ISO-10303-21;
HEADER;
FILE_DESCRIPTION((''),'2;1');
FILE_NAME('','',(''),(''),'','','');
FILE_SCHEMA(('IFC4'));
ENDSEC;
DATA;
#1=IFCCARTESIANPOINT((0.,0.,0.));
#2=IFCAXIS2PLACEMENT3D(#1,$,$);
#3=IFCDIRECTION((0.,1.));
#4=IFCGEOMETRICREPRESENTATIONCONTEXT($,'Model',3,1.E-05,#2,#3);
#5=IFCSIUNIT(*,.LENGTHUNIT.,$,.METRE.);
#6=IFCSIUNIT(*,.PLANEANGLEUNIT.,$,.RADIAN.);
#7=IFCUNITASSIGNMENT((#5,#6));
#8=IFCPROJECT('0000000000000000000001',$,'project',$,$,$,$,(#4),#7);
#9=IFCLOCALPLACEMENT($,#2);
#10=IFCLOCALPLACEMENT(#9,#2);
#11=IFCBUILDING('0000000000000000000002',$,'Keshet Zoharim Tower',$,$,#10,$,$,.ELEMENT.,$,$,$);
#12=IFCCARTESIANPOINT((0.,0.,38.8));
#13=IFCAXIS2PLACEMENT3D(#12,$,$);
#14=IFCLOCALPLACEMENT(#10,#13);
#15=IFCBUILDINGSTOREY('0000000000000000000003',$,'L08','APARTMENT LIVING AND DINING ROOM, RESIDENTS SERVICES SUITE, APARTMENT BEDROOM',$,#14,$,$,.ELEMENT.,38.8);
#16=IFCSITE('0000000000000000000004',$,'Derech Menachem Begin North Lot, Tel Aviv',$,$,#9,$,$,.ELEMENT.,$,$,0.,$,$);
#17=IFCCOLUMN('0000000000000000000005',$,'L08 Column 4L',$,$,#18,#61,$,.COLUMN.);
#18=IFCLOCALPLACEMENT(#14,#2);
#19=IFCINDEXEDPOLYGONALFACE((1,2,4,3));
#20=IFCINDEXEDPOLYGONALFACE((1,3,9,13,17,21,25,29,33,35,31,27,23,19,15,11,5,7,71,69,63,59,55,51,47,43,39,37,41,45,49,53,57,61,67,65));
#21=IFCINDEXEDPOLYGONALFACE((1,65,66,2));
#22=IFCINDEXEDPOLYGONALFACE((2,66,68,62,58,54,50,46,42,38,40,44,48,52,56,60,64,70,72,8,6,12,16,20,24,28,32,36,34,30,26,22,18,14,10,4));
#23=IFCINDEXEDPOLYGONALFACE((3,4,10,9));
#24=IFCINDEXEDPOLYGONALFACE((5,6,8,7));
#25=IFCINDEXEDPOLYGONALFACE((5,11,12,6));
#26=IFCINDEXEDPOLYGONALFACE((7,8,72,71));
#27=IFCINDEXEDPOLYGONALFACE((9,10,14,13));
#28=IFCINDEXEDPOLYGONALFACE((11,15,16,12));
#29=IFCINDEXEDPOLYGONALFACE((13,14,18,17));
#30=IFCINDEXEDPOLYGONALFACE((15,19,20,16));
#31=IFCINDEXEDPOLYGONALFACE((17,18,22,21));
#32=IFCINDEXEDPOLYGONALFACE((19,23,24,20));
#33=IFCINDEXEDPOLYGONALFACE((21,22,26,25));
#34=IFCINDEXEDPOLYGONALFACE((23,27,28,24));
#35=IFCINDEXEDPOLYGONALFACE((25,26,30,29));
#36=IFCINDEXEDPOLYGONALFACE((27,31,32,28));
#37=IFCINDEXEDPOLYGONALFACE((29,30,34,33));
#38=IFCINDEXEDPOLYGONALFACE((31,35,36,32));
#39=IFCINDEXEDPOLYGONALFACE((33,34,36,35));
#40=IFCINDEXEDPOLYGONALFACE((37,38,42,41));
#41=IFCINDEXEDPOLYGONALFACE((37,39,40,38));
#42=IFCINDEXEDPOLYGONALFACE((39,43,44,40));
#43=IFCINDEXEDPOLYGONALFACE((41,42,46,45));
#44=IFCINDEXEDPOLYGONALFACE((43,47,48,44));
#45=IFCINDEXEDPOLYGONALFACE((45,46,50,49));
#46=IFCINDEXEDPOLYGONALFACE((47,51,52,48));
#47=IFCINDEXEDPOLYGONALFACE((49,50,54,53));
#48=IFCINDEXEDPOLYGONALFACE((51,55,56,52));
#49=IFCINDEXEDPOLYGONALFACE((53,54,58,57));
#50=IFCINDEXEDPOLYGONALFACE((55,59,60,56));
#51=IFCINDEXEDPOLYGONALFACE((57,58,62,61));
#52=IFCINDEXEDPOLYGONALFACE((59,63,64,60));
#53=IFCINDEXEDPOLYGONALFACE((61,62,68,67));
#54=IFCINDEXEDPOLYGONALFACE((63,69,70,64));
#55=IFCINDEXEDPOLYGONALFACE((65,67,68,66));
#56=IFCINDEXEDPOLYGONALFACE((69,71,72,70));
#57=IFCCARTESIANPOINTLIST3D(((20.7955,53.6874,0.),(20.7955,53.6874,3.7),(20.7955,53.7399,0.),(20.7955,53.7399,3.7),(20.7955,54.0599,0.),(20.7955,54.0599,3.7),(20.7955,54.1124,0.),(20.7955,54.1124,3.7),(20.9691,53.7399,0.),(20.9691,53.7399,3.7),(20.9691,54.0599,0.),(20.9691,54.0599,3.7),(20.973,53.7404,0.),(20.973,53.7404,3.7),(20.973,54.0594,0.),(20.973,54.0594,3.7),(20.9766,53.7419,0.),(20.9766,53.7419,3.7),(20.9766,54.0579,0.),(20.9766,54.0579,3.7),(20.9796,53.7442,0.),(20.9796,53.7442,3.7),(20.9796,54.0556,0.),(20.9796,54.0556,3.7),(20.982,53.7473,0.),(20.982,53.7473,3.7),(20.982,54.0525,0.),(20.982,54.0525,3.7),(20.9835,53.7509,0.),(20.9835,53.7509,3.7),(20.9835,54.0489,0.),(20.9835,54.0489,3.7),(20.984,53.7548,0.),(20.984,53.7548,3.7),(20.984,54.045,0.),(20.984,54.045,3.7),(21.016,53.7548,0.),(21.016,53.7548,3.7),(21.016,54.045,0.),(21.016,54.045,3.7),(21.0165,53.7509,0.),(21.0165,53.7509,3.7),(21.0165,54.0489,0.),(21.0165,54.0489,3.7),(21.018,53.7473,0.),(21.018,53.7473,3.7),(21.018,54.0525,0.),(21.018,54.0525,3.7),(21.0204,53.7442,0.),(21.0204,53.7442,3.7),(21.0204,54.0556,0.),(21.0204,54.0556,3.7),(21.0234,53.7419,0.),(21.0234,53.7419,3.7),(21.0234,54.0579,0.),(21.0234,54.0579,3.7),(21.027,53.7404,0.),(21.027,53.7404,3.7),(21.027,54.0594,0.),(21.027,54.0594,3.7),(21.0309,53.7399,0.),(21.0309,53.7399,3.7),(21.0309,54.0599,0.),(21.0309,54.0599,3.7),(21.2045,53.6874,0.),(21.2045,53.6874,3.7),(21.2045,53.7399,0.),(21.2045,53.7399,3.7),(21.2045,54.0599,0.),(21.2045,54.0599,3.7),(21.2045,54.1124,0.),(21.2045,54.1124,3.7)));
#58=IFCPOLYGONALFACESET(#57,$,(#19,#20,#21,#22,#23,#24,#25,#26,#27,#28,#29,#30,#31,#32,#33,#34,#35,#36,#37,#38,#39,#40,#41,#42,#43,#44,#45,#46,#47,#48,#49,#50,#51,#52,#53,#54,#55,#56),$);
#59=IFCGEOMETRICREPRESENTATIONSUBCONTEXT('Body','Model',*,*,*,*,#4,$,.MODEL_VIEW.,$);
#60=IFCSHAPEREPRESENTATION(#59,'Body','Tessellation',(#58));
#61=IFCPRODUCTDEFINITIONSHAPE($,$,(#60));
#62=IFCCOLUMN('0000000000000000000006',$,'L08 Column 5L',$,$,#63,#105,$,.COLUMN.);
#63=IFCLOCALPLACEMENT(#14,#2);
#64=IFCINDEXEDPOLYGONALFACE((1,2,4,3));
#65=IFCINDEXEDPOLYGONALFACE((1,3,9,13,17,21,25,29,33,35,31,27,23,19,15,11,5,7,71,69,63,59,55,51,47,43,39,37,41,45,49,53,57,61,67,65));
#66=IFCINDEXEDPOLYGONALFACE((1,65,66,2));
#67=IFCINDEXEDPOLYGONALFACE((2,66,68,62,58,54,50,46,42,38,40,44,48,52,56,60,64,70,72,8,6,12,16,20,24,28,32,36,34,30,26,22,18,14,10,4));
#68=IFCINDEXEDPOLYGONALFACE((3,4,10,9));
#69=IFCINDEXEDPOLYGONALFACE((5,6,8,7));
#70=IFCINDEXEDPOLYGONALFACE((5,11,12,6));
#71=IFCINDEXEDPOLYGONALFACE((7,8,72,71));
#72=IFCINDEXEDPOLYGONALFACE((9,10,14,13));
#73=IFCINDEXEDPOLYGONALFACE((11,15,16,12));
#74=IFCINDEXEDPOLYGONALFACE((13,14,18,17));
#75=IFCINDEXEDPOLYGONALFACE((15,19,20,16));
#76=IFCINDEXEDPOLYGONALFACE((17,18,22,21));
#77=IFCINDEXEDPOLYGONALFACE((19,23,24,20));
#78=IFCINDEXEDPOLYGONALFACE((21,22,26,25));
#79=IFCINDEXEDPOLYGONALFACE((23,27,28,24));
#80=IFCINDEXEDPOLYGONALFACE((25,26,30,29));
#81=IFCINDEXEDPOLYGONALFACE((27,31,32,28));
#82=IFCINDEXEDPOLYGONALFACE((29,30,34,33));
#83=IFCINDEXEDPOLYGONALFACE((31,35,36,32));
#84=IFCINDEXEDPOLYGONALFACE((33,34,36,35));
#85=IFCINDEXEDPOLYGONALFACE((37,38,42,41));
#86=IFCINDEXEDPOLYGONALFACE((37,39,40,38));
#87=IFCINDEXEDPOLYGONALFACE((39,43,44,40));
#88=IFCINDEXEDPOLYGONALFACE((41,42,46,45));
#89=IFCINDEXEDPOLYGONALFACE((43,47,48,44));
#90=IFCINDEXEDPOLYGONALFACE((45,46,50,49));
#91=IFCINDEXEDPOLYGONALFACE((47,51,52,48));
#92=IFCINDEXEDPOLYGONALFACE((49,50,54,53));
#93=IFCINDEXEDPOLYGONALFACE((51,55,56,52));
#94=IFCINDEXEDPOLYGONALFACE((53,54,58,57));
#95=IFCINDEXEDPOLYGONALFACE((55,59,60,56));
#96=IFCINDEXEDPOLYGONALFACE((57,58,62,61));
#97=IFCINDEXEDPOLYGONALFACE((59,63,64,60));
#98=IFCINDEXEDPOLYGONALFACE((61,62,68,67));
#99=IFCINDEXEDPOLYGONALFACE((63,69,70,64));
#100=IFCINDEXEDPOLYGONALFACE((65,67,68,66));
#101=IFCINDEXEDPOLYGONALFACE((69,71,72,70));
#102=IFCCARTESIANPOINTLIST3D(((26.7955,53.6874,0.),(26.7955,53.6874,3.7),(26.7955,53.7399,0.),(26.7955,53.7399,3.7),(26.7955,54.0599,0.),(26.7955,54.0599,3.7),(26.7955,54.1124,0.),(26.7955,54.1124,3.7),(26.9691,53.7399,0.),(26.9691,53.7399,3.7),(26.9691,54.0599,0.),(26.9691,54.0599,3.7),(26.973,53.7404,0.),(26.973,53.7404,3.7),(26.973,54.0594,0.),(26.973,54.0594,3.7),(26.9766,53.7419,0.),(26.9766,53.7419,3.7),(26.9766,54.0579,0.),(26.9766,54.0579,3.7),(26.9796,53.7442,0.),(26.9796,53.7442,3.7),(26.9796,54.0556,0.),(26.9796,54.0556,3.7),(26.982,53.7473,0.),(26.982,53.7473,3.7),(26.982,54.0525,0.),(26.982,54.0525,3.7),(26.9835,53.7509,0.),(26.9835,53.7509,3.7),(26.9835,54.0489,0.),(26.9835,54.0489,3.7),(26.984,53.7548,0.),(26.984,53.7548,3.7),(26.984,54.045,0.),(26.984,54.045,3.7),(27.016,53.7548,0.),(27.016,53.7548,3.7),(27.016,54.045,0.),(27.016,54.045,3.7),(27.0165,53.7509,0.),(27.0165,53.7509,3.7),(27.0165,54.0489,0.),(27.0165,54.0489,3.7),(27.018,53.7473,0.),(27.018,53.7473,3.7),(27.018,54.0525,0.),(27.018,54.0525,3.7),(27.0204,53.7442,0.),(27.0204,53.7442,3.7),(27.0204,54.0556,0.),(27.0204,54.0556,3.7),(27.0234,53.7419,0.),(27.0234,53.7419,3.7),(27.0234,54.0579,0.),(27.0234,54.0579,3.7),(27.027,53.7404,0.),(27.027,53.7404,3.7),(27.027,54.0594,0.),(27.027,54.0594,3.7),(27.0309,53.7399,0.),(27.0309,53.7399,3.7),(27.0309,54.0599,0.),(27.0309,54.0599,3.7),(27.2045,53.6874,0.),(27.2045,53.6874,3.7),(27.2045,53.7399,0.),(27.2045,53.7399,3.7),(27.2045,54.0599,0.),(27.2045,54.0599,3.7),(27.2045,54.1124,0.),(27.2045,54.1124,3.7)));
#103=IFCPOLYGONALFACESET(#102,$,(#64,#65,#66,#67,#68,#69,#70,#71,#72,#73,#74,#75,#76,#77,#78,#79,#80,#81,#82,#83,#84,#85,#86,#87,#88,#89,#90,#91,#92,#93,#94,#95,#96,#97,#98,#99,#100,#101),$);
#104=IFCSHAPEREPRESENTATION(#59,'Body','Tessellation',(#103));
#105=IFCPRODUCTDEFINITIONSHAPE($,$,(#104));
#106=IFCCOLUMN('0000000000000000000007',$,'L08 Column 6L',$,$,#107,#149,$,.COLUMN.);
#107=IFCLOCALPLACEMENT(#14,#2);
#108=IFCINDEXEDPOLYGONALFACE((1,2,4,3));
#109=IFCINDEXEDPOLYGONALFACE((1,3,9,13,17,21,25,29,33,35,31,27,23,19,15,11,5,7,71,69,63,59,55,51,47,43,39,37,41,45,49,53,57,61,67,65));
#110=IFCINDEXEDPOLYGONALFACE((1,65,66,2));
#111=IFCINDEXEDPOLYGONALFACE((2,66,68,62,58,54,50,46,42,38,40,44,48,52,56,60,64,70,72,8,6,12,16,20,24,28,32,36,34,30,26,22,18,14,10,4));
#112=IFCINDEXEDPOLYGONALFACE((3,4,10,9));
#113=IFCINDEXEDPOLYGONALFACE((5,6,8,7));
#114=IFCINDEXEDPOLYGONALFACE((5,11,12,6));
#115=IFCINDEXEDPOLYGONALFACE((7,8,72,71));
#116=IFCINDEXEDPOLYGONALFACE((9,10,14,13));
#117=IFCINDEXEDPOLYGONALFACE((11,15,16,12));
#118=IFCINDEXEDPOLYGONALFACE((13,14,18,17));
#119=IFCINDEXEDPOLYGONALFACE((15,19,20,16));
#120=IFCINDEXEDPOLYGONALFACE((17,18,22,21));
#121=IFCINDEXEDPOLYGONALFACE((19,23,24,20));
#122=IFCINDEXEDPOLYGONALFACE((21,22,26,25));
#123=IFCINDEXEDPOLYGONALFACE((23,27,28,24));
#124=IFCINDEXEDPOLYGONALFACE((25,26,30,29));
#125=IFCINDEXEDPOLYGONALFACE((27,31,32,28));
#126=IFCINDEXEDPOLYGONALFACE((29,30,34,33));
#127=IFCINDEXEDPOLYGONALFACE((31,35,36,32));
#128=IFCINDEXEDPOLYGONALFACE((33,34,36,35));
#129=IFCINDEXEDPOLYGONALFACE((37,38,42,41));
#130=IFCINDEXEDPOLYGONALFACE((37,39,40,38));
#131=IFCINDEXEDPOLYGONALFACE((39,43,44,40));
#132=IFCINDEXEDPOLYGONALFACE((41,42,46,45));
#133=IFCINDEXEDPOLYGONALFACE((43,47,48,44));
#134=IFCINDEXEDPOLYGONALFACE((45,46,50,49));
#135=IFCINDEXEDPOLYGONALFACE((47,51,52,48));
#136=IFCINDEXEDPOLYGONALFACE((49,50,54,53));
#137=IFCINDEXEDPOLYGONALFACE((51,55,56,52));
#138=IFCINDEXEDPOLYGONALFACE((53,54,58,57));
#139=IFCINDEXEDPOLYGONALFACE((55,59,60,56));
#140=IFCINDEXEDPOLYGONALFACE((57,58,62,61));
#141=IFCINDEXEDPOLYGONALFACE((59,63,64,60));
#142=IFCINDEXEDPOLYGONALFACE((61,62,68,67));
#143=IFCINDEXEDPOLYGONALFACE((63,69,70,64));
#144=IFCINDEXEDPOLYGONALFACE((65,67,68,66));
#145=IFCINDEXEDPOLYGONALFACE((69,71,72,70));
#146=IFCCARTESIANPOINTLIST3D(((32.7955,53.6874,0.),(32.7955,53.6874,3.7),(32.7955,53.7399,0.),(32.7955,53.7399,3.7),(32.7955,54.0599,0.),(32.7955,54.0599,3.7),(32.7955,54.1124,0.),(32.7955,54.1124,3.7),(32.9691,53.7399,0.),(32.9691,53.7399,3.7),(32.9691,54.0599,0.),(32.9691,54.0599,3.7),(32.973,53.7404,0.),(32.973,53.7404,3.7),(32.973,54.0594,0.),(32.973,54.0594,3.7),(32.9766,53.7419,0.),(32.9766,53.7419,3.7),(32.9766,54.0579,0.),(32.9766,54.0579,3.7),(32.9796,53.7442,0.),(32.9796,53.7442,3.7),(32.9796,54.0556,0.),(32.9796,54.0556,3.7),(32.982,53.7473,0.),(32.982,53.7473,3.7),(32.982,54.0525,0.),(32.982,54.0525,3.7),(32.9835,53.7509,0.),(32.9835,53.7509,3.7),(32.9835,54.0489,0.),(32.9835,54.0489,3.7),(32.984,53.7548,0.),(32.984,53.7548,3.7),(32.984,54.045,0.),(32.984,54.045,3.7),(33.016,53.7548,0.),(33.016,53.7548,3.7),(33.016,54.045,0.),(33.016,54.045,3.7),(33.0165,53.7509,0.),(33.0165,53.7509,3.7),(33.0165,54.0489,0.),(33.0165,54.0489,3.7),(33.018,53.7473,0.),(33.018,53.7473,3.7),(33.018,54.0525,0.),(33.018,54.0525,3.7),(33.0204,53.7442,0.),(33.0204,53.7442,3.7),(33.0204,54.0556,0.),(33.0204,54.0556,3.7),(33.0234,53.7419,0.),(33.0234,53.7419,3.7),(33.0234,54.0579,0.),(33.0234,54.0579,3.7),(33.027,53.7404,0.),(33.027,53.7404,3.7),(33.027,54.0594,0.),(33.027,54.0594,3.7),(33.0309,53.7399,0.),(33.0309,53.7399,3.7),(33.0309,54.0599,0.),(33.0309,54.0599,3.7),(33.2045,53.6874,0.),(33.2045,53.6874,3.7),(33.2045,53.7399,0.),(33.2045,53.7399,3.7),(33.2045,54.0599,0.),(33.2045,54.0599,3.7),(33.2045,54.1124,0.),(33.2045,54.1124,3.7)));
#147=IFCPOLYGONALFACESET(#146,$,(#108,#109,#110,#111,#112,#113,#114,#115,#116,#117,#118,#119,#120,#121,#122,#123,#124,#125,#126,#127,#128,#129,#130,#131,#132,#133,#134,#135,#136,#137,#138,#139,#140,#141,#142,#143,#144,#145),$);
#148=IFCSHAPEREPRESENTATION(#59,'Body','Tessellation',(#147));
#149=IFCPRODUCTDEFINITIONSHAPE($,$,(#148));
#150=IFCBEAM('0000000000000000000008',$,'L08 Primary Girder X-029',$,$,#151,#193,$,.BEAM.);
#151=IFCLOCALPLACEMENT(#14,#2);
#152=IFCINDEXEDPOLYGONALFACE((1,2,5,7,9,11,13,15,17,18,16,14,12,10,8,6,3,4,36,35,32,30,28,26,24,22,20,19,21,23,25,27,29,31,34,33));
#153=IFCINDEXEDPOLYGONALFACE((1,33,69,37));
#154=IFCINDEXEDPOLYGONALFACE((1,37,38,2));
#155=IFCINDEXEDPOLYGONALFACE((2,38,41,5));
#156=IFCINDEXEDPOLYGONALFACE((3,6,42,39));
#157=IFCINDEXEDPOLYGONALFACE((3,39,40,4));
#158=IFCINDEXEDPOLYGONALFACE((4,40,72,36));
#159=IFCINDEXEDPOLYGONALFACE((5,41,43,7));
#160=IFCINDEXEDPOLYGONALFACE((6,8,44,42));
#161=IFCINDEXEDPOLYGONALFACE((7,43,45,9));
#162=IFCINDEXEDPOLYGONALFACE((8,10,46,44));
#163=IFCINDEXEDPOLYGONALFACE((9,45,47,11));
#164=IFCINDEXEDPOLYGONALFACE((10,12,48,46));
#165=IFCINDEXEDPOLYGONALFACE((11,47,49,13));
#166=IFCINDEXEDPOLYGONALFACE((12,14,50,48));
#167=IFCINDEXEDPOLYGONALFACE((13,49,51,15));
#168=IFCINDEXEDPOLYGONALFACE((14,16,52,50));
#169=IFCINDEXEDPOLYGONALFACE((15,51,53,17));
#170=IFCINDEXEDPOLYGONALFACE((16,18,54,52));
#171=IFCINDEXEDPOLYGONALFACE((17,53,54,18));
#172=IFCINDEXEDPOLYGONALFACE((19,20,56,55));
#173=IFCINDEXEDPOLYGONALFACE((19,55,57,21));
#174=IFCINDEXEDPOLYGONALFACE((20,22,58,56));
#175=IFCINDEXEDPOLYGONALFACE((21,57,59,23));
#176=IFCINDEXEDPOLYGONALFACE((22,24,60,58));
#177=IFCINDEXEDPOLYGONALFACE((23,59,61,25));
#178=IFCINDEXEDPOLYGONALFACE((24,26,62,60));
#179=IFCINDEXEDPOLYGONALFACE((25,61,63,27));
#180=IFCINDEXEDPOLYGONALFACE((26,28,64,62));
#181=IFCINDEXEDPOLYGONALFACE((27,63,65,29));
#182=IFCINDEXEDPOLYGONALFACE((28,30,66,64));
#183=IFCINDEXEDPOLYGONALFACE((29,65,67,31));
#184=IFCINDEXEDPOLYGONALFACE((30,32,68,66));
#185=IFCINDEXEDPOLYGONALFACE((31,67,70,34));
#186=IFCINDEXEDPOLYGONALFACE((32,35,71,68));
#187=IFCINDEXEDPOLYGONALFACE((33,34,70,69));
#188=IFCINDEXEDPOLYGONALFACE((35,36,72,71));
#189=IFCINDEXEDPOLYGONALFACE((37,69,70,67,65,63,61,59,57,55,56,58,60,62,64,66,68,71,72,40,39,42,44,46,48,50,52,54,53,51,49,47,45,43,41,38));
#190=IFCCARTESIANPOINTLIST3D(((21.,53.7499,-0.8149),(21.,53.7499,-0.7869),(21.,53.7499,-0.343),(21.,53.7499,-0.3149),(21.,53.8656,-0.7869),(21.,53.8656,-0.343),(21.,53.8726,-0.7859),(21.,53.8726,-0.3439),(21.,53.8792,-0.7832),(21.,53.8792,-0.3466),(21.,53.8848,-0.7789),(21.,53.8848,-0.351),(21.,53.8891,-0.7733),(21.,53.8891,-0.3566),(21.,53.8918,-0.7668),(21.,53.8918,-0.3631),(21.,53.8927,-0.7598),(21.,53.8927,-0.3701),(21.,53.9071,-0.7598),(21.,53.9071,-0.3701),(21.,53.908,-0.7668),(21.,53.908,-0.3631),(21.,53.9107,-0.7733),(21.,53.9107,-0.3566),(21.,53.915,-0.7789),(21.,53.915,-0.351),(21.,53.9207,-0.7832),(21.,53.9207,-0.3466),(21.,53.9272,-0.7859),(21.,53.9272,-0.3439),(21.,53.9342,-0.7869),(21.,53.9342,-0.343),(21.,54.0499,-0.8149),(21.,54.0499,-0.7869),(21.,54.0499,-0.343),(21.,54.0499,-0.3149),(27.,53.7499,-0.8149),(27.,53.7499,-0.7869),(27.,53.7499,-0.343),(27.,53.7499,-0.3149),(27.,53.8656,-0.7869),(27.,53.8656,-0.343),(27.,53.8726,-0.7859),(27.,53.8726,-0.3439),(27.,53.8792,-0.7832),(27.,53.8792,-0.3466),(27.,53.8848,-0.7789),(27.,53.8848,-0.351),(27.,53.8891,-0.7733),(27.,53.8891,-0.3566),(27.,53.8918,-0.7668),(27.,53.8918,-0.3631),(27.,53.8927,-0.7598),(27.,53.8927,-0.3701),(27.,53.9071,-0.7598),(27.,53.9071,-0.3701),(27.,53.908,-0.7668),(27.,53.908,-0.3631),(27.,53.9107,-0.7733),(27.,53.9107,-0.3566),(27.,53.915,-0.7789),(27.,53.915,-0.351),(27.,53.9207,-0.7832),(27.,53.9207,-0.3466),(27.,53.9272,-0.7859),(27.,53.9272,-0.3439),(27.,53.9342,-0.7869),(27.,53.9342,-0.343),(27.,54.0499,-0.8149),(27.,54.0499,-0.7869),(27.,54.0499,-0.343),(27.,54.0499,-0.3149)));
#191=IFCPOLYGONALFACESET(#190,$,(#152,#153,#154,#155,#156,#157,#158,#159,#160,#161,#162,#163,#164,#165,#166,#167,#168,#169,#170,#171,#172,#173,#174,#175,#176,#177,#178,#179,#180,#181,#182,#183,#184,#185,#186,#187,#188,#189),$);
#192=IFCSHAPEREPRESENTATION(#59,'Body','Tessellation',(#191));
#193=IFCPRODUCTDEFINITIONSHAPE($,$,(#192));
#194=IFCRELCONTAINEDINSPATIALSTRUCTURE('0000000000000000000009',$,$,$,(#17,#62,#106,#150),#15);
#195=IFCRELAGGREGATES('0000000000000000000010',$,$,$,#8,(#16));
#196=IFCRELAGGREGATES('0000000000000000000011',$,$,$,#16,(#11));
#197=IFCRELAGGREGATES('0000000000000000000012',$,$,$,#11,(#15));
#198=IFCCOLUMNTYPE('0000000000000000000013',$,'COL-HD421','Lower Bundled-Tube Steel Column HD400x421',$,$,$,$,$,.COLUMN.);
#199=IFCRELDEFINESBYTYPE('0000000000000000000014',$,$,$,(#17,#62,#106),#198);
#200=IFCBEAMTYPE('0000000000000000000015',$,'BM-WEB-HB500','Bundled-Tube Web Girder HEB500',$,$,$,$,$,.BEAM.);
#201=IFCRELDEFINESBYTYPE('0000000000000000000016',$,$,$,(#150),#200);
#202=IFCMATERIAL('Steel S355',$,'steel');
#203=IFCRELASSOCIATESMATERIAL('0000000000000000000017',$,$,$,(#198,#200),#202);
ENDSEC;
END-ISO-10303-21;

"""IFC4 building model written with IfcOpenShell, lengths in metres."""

from ifc_helpers import new_model, si_unit, direction, frame, origin, origin_2d, place, context, subcontext, project, spatial, i_section, extrude, material, material_profile, profile_set, type_object, element, save


model = new_model("IFC4")

# Units and contexts
model_context = context("Model", 3, precision=1e-05, world=origin(), true_north=direction((0.0, 1.0)))
body_context = subcontext(model_context, "Body", "Model", "MODEL_VIEW")
ifc_project = project(units=[si_unit("LENGTHUNIT", "METRE"), si_unit("PLANEANGLEUNIT", "RADIAN")], contexts=[model_context])

# Site, building, storey
site_placement = place(None, origin())
site = spatial("IfcSite", under=ifc_project, at=site_placement, Name="Derech Menachem Begin North Lot, Tel Aviv", CompositionType="ELEMENT", RefElevation=0.0)
building_placement = place(site_placement, origin())
building = spatial("IfcBuilding", under=site, at=building_placement, Name="Keshet Zoharim Tower", CompositionType="ELEMENT")
storey_placement = place(building_placement, frame((0.0, 0.0, 38.8)))
storey = spatial("IfcBuildingStorey", under=building, at=storey_placement, Name="L08", Description="APARTMENT LIVING AND DINING ROOM, RESIDENTS SERVICES SUITE, APARTMENT BEDROOM", CompositionType="ELEMENT", Elevation=38.8)

# Columns
ifc_material_1 = material(Name="Steel S355", Category="steel")
ifc_material_profile_1 = material_profile(ifc_material_1, i_section(OverallWidth=0.4089, OverallDepth=0.425, WebThickness=0.032, FlangeThickness=0.0525, FilletRadius=0.0149, at=origin_2d()), Name="HD400x421")
ifc_profile_set_1 = profile_set([ifc_material_profile_1], Name="Steel S355")
column_type = type_object("IfcColumnType", Name="COL-HD421", Description="Lower Bundled-Tube Steel Column HD400x421", PredefinedType="COLUMN", material=ifc_profile_set_1)
for number, where, z_axis, x_axis, name in (
    (1, (21.0, 53.8999, 0.0), (0.0, 0.0, 1.0), (1.0, 0.0, 0.0), "L08 Column 4L"),
    (2, (27.0, 53.8999, 0.0), (0.0, 0.0, 1.0), (1.0, 0.0, 0.0), "L08 Column 5L"),
    (3, (33.0, 53.8999, 0.0), (0.0, 0.0, 1.0), (1.0, 0.0, 0.0), "L08 Column 6L"),
):
    element("IfcColumn", number, at=place(storey_placement, frame(where, z_axis=z_axis, x_axis=x_axis)), inside=storey, type_object=column_type, Name=name, PredefinedType="COLUMN", context=body_context, shape_type="SweptSolid", body=[
        extrude(i_section(OverallWidth=0.4089, OverallDepth=0.425, WebThickness=0.032, FlangeThickness=0.0525, FilletRadius=0.0149, at=origin_2d()), origin(), (0.0, 0.0, 1.0), 3.7),
    ])

# Beam
ifc_material_profile_2 = material_profile(ifc_material_1, i_section(OverallWidth=0.3, OverallDepth=0.5, WebThickness=0.0144, FlangeThickness=0.0281, FilletRadius=0.0271, at=origin_2d()), Name="HEB500")
ifc_profile_set_2 = profile_set([ifc_material_profile_2], Name="Steel S355")
beam_type = type_object("IfcBeamType", Name="BM-WEB-HB500", Description="Bundled-Tube Web Girder HEB500", PredefinedType="BEAM", material=ifc_profile_set_2)
for number, where, z_axis, x_axis, name in (
    (4, (21.0, 53.8999, -0.5649), (1.0, 0.0, 0.0), (0.0, 1.0, 0.0), "L08 Primary Girder X-029"),
):
    element("IfcBeam", number, at=place(storey_placement, frame(where, z_axis=z_axis, x_axis=x_axis)), inside=storey, type_object=beam_type, Name=name, PredefinedType="BEAM", context=body_context, shape_type="SweptSolid", body=[
        extrude(i_section(OverallWidth=0.3, OverallDepth=0.5, WebThickness=0.0144, FlangeThickness=0.0281, FilletRadius=0.0271, at=origin_2d()), origin(), (0.0, 0.0, 1.0), 6.0),
    ])

save(model, "model.ifc")
